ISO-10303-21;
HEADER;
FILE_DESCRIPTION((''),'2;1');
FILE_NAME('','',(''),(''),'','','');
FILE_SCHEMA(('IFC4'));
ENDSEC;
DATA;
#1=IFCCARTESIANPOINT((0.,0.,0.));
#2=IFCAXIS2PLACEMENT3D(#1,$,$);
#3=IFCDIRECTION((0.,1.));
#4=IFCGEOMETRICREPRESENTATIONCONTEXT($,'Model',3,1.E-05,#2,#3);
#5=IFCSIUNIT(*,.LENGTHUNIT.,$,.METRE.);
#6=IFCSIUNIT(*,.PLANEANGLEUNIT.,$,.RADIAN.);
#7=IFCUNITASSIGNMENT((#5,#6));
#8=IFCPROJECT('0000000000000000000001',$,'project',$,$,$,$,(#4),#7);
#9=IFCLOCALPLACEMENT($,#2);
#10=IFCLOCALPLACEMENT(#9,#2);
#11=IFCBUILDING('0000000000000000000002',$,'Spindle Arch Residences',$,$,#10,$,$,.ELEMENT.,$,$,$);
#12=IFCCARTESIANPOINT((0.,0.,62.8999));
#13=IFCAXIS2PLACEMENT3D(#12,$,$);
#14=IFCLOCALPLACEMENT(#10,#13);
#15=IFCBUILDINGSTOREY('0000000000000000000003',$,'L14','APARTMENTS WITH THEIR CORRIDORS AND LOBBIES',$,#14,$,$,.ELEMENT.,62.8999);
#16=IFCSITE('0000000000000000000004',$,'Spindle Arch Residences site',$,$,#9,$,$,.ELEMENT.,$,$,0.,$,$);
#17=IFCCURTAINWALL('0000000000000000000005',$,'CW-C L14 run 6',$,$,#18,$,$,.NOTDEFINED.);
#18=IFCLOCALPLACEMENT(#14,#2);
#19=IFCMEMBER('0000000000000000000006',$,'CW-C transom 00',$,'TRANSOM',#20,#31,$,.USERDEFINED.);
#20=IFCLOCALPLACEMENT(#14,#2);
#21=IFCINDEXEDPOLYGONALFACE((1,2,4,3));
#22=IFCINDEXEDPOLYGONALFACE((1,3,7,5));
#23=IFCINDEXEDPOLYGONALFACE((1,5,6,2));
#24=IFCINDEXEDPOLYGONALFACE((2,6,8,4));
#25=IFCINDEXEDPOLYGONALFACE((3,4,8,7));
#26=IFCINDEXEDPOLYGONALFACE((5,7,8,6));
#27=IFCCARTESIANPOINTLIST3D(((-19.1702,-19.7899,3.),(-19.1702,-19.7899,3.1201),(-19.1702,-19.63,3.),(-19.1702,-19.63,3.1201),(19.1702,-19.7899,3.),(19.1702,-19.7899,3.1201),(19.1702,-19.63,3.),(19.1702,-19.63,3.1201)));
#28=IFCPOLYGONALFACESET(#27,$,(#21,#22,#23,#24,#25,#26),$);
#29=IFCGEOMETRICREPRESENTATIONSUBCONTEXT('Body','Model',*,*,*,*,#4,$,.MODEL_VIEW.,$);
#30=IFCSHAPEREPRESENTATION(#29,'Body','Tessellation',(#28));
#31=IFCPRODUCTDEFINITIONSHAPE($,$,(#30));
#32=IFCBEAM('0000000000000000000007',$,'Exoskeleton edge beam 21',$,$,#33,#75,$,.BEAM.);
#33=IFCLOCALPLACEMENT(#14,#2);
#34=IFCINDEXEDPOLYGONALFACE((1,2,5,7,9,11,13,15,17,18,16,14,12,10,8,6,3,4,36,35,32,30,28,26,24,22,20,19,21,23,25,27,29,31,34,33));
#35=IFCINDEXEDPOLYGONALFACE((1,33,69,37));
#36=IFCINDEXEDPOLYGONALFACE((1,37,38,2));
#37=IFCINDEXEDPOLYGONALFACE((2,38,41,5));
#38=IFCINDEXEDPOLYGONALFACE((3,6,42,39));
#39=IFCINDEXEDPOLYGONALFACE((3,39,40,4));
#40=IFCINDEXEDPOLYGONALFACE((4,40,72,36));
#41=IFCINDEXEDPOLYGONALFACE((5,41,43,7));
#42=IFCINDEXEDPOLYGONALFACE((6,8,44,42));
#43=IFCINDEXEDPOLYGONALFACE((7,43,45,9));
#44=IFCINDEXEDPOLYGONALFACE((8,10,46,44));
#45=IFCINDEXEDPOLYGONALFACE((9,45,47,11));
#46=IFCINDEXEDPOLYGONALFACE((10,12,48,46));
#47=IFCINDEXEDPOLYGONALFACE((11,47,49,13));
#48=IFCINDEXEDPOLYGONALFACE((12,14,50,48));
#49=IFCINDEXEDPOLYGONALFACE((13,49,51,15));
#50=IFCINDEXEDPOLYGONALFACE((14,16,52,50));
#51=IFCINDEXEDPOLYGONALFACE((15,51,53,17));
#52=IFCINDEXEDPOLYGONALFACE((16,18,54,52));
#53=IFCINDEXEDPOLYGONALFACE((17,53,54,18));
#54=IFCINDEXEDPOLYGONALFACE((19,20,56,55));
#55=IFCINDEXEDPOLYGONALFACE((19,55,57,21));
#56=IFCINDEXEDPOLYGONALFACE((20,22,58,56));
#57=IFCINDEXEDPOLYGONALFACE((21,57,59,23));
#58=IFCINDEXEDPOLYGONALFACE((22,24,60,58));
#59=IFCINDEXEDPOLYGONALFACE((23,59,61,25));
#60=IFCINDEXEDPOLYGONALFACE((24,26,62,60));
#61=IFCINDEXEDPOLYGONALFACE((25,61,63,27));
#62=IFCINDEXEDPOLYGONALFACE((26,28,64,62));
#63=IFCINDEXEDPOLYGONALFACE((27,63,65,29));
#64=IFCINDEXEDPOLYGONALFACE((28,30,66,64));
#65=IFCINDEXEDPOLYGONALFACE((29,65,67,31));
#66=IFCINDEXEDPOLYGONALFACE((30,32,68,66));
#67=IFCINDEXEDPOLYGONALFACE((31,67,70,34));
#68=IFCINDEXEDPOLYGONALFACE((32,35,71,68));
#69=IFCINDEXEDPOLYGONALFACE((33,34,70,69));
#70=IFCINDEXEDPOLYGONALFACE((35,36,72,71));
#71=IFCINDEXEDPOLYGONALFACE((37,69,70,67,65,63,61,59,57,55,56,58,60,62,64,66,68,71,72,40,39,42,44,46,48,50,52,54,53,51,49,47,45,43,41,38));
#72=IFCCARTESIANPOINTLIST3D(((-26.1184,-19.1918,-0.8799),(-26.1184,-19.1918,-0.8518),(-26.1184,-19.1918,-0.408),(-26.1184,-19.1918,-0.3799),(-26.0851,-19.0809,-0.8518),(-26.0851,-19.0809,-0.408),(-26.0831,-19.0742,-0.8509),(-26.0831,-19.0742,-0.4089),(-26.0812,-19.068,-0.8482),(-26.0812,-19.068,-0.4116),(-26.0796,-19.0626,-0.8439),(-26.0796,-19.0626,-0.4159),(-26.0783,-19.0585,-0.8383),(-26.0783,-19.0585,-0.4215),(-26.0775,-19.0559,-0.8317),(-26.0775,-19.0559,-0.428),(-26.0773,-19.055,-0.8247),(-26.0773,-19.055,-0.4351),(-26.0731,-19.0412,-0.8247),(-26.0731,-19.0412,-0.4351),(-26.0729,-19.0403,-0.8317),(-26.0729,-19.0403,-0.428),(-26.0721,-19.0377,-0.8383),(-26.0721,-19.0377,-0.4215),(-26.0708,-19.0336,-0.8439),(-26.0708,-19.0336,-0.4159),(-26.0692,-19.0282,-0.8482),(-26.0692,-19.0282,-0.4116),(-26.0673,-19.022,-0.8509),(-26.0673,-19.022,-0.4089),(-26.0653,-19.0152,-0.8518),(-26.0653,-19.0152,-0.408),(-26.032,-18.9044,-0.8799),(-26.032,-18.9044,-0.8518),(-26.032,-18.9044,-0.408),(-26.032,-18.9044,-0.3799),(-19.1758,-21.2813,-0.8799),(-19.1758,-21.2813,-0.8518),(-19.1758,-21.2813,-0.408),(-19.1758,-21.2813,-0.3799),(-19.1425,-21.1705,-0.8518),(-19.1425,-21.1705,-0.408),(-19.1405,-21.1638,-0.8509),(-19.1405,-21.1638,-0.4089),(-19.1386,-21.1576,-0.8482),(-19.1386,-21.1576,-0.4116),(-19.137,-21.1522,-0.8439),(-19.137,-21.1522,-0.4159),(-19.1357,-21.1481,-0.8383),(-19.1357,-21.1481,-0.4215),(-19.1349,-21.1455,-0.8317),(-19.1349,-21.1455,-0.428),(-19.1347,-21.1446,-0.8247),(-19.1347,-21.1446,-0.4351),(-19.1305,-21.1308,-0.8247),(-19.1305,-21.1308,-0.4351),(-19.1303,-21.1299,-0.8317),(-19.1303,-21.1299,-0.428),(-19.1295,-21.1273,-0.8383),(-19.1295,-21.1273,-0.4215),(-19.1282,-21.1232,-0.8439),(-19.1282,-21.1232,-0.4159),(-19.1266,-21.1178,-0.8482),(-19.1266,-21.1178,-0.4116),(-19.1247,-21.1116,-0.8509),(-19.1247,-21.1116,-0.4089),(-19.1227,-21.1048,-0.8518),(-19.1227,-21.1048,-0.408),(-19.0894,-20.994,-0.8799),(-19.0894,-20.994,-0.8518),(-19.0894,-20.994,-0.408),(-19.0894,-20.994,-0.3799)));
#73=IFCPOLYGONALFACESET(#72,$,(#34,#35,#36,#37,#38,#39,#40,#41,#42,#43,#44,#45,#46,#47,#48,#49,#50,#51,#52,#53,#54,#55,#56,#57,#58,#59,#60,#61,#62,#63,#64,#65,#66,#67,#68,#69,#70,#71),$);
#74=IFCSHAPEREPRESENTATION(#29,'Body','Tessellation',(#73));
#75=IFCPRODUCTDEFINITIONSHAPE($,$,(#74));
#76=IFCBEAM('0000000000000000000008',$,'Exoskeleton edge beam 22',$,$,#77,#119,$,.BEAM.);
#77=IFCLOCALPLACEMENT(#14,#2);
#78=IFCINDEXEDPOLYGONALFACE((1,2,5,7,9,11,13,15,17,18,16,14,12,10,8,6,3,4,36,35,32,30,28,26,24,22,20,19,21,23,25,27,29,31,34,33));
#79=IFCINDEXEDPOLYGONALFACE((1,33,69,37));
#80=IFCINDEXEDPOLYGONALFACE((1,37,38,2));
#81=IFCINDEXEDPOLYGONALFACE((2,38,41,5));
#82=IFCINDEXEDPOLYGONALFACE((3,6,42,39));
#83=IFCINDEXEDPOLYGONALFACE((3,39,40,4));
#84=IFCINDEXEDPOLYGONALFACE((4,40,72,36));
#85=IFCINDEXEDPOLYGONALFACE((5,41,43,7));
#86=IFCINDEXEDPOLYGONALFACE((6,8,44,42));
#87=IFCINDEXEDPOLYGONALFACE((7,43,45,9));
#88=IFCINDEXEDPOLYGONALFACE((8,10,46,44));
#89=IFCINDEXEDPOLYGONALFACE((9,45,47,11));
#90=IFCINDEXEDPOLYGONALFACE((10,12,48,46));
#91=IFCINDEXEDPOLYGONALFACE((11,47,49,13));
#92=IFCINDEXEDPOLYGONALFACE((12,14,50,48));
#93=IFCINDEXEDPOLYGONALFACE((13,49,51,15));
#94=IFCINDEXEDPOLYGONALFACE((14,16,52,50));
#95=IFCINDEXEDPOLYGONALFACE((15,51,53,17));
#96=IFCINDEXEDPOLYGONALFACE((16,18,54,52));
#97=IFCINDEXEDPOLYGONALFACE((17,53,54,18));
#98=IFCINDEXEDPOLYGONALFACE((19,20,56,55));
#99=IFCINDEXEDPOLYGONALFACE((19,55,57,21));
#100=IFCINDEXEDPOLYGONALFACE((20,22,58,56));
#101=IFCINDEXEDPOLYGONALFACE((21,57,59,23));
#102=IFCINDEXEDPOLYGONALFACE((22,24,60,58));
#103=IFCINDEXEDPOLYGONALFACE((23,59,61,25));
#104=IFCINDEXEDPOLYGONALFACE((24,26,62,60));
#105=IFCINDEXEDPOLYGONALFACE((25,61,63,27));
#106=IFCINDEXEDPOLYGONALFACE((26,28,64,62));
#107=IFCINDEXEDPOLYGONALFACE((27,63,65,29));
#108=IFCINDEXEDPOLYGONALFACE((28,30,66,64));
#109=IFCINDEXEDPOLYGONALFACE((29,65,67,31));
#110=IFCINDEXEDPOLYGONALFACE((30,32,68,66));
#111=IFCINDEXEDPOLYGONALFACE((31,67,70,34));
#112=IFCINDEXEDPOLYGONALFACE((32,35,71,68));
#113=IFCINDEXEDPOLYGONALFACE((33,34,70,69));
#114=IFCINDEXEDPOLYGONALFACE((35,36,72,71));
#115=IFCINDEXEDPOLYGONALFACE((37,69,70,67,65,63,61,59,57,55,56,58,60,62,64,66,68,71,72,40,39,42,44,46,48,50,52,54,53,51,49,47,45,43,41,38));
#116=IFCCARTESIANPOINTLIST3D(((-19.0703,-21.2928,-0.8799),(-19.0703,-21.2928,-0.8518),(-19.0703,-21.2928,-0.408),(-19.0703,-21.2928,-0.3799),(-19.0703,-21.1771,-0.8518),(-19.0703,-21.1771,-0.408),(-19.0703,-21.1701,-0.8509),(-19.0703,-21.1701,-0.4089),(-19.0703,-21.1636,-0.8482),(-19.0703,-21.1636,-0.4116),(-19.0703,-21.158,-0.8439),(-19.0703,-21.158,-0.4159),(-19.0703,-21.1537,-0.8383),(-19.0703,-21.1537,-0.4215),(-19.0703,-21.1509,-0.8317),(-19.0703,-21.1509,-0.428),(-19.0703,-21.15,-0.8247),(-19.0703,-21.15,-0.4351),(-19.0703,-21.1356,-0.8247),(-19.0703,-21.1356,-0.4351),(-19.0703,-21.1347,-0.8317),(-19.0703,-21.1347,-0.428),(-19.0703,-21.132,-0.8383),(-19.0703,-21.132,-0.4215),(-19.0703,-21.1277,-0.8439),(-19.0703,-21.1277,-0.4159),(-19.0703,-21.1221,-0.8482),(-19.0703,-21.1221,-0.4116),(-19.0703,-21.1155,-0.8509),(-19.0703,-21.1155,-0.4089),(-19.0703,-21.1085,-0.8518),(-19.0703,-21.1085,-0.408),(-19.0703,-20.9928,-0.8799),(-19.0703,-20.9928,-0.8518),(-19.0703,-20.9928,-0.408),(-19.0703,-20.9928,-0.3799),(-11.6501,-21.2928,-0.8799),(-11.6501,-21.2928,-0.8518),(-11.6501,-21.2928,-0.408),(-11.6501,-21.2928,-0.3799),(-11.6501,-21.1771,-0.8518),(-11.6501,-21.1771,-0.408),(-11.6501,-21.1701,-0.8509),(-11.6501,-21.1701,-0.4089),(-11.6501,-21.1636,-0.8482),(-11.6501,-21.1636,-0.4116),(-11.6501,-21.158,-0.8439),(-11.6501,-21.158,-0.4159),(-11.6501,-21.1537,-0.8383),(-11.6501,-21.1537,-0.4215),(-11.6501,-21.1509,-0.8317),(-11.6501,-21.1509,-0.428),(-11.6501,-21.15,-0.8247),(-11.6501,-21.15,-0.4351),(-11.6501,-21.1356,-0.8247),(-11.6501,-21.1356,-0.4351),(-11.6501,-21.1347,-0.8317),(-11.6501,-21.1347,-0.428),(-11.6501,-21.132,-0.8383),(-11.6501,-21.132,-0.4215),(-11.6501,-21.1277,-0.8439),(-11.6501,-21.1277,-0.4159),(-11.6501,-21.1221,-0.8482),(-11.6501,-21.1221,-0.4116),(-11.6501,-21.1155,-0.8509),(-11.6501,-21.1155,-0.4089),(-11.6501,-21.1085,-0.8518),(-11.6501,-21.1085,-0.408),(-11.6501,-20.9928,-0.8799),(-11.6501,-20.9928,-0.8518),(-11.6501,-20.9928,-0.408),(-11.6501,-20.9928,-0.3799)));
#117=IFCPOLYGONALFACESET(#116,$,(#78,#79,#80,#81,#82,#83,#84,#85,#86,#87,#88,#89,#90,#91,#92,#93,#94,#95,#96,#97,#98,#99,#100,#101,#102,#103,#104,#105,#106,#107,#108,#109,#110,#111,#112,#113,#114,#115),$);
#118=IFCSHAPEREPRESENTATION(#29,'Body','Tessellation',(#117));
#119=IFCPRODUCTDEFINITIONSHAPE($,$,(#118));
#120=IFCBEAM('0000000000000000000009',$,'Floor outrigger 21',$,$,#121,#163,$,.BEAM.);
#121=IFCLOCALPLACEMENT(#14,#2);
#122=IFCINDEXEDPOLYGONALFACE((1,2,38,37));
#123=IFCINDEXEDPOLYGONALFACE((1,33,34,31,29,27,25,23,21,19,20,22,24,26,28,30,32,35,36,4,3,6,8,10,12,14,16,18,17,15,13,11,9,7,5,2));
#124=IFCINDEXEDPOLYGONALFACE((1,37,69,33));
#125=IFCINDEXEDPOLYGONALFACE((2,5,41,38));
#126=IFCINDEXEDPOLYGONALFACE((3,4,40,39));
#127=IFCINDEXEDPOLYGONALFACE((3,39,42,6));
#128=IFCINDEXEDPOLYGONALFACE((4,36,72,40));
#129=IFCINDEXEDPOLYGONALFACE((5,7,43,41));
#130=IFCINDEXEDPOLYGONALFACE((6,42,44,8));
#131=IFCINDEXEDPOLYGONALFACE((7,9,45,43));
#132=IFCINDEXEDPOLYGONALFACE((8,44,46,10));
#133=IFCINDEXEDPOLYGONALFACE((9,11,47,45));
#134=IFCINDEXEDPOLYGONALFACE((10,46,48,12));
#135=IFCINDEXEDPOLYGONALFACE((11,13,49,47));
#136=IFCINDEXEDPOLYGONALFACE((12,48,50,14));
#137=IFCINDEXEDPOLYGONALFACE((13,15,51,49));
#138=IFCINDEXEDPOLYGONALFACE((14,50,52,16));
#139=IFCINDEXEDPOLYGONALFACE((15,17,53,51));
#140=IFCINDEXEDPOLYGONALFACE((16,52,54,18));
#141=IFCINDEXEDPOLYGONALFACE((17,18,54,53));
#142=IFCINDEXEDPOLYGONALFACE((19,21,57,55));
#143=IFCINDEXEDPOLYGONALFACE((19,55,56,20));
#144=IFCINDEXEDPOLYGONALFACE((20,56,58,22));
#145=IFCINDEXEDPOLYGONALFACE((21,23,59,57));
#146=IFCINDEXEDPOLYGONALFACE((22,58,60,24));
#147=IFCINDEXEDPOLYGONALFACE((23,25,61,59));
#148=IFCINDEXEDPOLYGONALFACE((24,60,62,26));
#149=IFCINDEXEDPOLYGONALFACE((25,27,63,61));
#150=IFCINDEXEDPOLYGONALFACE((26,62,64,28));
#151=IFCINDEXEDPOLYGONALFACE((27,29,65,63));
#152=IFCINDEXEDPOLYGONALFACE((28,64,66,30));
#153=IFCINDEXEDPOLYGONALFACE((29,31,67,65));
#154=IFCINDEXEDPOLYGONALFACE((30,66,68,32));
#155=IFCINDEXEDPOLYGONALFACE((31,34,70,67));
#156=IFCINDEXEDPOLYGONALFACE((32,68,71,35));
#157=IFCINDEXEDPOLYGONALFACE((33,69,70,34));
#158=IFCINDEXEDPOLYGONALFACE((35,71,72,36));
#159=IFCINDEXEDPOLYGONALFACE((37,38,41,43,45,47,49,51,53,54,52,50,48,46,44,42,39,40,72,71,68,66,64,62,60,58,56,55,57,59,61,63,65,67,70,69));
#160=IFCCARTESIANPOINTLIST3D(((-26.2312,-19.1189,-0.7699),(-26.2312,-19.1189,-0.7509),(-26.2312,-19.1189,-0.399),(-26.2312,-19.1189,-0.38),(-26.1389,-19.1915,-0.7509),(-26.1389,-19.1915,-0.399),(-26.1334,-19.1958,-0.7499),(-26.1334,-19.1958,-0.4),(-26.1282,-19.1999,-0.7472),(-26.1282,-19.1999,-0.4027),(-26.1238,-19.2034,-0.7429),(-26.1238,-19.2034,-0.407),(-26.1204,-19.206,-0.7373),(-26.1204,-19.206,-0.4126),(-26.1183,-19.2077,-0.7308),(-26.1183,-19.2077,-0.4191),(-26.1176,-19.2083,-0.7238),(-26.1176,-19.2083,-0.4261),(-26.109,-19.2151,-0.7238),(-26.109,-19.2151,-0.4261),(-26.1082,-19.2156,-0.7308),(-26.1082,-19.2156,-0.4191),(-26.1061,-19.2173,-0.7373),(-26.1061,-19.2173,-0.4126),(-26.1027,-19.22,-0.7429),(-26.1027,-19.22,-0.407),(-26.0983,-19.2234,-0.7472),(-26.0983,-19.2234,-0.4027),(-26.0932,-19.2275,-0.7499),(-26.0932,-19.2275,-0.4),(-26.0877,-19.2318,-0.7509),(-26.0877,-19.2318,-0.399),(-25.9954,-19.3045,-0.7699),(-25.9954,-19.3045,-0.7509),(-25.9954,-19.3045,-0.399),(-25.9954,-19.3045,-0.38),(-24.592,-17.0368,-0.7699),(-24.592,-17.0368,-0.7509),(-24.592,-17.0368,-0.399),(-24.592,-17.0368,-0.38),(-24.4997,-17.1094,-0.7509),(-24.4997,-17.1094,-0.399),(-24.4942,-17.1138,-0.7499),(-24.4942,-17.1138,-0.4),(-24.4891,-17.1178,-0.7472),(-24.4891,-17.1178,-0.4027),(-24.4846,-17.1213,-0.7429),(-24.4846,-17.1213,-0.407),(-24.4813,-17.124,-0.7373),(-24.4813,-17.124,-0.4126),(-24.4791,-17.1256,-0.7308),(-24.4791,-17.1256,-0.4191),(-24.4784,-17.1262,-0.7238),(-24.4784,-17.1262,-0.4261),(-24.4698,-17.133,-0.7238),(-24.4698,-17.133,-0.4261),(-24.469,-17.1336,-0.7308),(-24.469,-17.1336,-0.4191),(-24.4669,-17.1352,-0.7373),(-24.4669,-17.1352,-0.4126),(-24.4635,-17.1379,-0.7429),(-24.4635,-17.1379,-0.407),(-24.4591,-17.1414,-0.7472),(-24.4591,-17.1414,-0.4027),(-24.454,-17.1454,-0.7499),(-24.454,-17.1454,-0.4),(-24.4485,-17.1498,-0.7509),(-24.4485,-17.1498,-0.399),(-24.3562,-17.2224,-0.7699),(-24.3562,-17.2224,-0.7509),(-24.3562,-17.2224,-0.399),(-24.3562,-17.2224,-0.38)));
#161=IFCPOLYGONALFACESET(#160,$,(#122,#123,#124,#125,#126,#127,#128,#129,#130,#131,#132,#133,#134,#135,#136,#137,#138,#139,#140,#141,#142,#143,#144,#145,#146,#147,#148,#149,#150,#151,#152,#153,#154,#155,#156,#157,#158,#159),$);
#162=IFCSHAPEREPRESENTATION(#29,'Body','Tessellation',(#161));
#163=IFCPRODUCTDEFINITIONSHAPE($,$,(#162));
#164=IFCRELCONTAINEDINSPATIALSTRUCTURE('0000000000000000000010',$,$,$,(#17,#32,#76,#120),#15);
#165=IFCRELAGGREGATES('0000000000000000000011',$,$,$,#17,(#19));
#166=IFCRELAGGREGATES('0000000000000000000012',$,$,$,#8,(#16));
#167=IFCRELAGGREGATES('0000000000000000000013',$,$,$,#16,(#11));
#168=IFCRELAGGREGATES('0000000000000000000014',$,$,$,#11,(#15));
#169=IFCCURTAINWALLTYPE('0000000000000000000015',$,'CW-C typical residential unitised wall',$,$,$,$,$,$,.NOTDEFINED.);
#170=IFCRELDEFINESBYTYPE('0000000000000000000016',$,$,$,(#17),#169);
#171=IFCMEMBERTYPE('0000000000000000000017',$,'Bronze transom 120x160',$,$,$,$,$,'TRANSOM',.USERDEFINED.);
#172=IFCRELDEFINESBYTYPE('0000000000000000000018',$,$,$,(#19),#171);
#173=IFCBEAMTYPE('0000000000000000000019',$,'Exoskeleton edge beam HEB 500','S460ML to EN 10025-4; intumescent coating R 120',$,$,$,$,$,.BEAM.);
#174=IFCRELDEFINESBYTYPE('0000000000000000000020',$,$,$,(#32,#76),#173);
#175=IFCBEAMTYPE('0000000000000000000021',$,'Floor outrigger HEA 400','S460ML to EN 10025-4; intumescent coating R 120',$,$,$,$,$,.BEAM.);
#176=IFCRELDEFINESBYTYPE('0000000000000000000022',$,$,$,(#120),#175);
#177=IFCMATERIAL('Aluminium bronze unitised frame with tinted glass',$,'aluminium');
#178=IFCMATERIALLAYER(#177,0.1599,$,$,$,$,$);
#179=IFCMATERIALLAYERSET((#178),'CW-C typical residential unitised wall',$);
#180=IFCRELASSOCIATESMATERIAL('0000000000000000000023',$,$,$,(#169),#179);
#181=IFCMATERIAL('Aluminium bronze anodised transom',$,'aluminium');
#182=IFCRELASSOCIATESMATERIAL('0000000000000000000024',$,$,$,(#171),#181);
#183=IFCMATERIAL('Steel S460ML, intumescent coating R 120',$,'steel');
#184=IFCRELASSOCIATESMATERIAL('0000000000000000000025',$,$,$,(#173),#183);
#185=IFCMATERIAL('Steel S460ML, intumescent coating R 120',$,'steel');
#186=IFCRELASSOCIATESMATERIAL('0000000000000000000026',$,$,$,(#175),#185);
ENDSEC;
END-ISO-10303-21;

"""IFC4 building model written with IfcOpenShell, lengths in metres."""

from ifc_helpers import new_model, si_unit, direction, frame, origin, origin_2d, place, context, subcontext, project, spatial, rectangle, i_section, extrude, material, layer, layer_set, material_profile, profile_set, type_object, element, aggregate, save


model = new_model("IFC4")

# Units and contexts
model_context = context("Model", 3, precision=1e-05, world=origin(), true_north=direction((0.0, 1.0)))
body_context = subcontext(model_context, "Body", "Model", "MODEL_VIEW")
ifc_project = project(units=[si_unit("LENGTHUNIT", "METRE"), si_unit("PLANEANGLEUNIT", "RADIAN")], contexts=[model_context])

# Site, building, storey
site_placement = place(None, origin())
site = spatial("IfcSite", under=ifc_project, at=site_placement, Name="Spindle Arch Residences site", CompositionType="ELEMENT", RefElevation=0.0)
building_placement = place(site_placement, origin())
building = spatial("IfcBuilding", under=site, at=building_placement, Name="Spindle Arch Residences", CompositionType="ELEMENT")
storey_placement = place(building_placement, frame((0.0, 0.0, 62.8999)))
storey = spatial("IfcBuildingStorey", under=building, at=storey_placement, Name="L14", Description="APARTMENTS WITH THEIR CORRIDORS AND LOBBIES", CompositionType="ELEMENT", Elevation=62.8999)

# Curtain wall
ifc_material_1 = material(Name="Aluminium bronze unitised frame with tinted glass", Category="aluminium")
ifc_layer_1 = layer(ifc_material_1, 0.1599)
ifc_layer_set_1 = layer_set([ifc_layer_1], Name="CW-C typical residential unitised wall")
curtain_wall_type_1 = type_object("IfcCurtainWallType", Name="CW-C typical residential unitised wall", PredefinedType="NOTDEFINED", material=ifc_layer_set_1)
curtain_wall_1_placement = place(storey_placement, origin())
curtain_wall_1 = element("IfcCurtainWall", 1, at=curtain_wall_1_placement, inside=storey, type_object=curtain_wall_type_1, Name="CW-C L14 run 6", PredefinedType="NOTDEFINED")

# Member
ifc_material_2 = material(Name="Aluminium bronze anodised transom", Category="aluminium")
ifc_material_profile_1 = material_profile(ifc_material_2, rectangle(XDim=0.1599, YDim=0.1201, at=origin_2d()), Name="TR 120x160")
ifc_profile_set_1 = profile_set([ifc_material_profile_1], Name="Aluminium bronze anodised transom")
member_type_1 = type_object("IfcMemberType", Name="Bronze transom 120x160", ElementType="TRANSOM", PredefinedType="USERDEFINED", material=ifc_profile_set_1)
member_1_placement = place(storey_placement, frame((-19.1702, -19.71, 3.0601), z_axis=(1.0, 0.0, 0.0), x_axis=(0.0, 1.0, 0.0)))
member_1 = element("IfcMember", 2, at=member_1_placement, type_object=member_type_1, Name="CW-C transom 00", ObjectType="TRANSOM", PredefinedType="USERDEFINED", context=body_context, shape_type="SweptSolid", body=[
    extrude(rectangle(XDim=0.1599, YDim=0.1201, at=origin_2d()), origin(), (0.0, 0.0, 1.0), 38.3403),
])
aggregate(curtain_wall_1, [member_1])

# Beams
ifc_material_3 = material(Name="Steel S460ML, intumescent coating R 120", Category="steel")
ifc_material_profile_2 = material_profile(ifc_material_3, i_section(OverallWidth=0.3, OverallDepth=0.5, WebThickness=0.0144, FlangeThickness=0.0281, FilletRadius=0.0271, at=origin_2d()), Name="HEB 500")
ifc_profile_set_2 = profile_set([ifc_material_profile_2], Name="Steel S460ML, intumescent coating R 120")
beam_type_1 = type_object("IfcBeamType", Name="Exoskeleton edge beam HEB 500", Description="S460ML to EN 10025-4; intumescent coating R 120", PredefinedType="BEAM", material=ifc_profile_set_2)
beam_1_placement = place(storey_placement, frame((-26.0752, -19.0481, -0.6299), z_axis=(0.957567, -0.28821, 0.0), x_axis=(0.28821, 0.957567, 0.0)))
element("IfcBeam", 3, at=beam_1_placement, inside=storey, type_object=beam_type_1, Name="Exoskeleton edge beam 21", PredefinedType="BEAM", context=body_context, shape_type="SweptSolid", body=[
    extrude(i_section(OverallWidth=0.3, OverallDepth=0.5, WebThickness=0.0144, FlangeThickness=0.0281, FilletRadius=0.0271, at=origin_2d()), origin(), (0.0, 0.0, 1.0), 7.2502),
])
beam_2_placement = place(storey_placement, frame((-19.0703, -21.1428, -0.6299), z_axis=(1.0, 0.0, 0.0), x_axis=(0.0, 1.0, 0.0)))
element("IfcBeam", 4, at=beam_2_placement, inside=storey, type_object=beam_type_1, Name="Exoskeleton edge beam 22", PredefinedType="BEAM", context=body_context, shape_type="SweptSolid", body=[
    extrude(i_section(OverallWidth=0.3, OverallDepth=0.5, WebThickness=0.0144, FlangeThickness=0.0281, FilletRadius=0.0271, at=origin_2d()), origin(), (0.0, 0.0, 1.0), 7.4202),
])
ifc_material_4 = material(Name="Steel S460ML, intumescent coating R 120", Category="steel")
ifc_material_profile_3 = material_profile(ifc_material_4, i_section(OverallWidth=0.3, OverallDepth=0.3899, WebThickness=0.011, FlangeThickness=0.019, FilletRadius=0.0271, at=origin_2d()), Name="HEA 400")
ifc_profile_set_3 = profile_set([ifc_material_profile_3], Name="Steel S460ML, intumescent coating R 120")
beam_type_2 = type_object("IfcBeamType", Name="Floor outrigger HEA 400", Description="S460ML to EN 10025-4; intumescent coating R 120", PredefinedType="BEAM", material=ifc_profile_set_3)
beam_3_placement = place(storey_placement, frame((-26.1133, -19.2117, -0.575), z_axis=(0.618586, 0.785717, 0.0), x_axis=(-0.785717, 0.618586, 0.0)))
element("IfcBeam", 5, at=beam_3_placement, inside=storey, type_object=beam_type_2, Name="Floor outrigger 21", PredefinedType="BEAM", context=body_context, shape_type="SweptSolid", body=[
    extrude(i_section(OverallWidth=0.3, OverallDepth=0.3899, WebThickness=0.011, FlangeThickness=0.019, FilletRadius=0.0271, at=origin_2d()), origin(), (0.0, 0.0, 1.0), 2.6499),
])

save(model, "model.ifc")
